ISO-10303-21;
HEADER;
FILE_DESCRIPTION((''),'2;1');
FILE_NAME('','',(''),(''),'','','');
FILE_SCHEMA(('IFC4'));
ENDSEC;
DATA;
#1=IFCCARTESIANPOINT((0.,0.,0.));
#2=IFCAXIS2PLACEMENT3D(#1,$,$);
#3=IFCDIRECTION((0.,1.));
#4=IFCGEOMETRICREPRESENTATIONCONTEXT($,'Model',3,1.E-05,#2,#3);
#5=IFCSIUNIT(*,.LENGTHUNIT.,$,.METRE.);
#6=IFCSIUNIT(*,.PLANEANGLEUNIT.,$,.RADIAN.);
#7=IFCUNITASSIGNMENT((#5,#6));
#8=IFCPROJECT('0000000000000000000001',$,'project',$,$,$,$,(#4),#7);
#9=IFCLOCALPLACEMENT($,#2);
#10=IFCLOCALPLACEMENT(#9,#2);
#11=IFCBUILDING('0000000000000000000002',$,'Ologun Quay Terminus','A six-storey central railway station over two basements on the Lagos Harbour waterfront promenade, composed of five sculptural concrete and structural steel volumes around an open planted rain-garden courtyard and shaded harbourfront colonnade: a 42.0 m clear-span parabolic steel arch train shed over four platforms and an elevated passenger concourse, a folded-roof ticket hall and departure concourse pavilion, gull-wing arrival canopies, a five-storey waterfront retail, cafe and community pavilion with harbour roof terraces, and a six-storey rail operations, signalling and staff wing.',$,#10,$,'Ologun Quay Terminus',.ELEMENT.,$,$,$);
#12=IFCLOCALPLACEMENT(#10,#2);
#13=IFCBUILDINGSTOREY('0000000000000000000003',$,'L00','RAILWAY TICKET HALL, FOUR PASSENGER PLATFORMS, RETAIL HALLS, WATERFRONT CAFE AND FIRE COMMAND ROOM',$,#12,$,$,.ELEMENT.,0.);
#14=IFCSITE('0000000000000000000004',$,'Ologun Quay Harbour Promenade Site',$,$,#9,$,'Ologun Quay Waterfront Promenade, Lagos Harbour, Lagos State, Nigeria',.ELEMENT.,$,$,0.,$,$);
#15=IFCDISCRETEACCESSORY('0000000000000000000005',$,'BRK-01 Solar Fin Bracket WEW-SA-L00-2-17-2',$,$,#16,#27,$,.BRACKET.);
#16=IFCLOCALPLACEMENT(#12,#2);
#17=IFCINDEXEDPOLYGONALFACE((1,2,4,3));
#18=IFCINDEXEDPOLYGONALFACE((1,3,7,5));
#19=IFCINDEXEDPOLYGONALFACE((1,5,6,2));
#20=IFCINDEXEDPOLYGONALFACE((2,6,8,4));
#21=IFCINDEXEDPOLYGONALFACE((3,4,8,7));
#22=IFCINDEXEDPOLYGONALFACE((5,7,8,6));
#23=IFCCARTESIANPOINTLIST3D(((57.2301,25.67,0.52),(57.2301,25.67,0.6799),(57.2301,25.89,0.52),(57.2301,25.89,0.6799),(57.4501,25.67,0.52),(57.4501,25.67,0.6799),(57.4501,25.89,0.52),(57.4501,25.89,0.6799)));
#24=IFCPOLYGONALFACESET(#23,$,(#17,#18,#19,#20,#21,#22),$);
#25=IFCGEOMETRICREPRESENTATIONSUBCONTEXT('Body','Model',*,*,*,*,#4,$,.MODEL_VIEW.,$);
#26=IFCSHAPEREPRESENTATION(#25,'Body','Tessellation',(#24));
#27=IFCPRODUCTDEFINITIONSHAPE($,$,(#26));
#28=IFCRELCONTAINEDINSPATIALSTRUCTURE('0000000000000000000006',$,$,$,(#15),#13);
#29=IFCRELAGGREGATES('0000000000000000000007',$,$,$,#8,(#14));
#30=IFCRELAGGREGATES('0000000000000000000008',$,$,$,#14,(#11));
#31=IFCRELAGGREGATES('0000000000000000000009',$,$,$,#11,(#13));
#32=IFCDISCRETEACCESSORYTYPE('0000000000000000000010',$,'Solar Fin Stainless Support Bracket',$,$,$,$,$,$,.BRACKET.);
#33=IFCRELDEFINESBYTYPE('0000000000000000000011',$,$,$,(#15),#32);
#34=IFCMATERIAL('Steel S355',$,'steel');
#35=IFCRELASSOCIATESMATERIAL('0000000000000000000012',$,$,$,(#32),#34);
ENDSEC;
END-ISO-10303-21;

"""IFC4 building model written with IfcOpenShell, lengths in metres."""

from ifc_helpers import new_model, si_unit, direction, frame, origin, origin_2d, place, context, subcontext, project, spatial, rectangle, extrude, material, type_object, element, save


model = new_model("IFC4")

# Units and contexts
model_context = context("Model", 3, precision=1e-05, world=origin(), true_north=direction((0.0, 1.0)))
body_context = subcontext(model_context, "Body", "Model", "MODEL_VIEW")
ifc_project = project(units=[si_unit("LENGTHUNIT", "METRE"), si_unit("PLANEANGLEUNIT", "RADIAN")], contexts=[model_context])

# Site, building, storey
site_placement = place(None, origin())
site = spatial("IfcSite", under=ifc_project, at=site_placement, Name="Ologun Quay Harbour Promenade Site", LongName="Ologun Quay Waterfront Promenade, Lagos Harbour, Lagos State, Nigeria", CompositionType="ELEMENT", RefElevation=0.0)
building_placement = place(site_placement, origin())
building = spatial("IfcBuilding", under=site, at=building_placement, Name="Ologun Quay Terminus", Description="A six-storey central railway station over two basements on the Lagos Harbour waterfront promenade, composed of five sculptural concrete and structural steel volumes around an open planted rain-garden courtyard and shaded harbourfront colonnade: a 42.0 m clear-span parabolic steel arch train shed over four platforms and an elevated passenger concourse, a folded-roof ticket hall and departure concourse pavilion, gull-wing arrival canopies, a five-storey waterfront retail, cafe and community pavilion with harbour roof terraces, and a six-storey rail operations, signalling and staff wing.", LongName="Ologun Quay Terminus", CompositionType="ELEMENT")
storey_placement = place(building_placement, origin())
storey = spatial("IfcBuildingStorey", under=building, at=storey_placement, Name="L00", Description="RAILWAY TICKET HALL, FOUR PASSENGER PLATFORMS, RETAIL HALLS, WATERFRONT CAFE AND FIRE COMMAND ROOM", CompositionType="ELEMENT", Elevation=0.0)

# Discrete accessory
ifc_material_1 = material(Name="Steel S355", Category="steel")
discrete_accessory_type = type_object("IfcDiscreteAccessoryType", Name="Solar Fin Stainless Support Bracket", PredefinedType="BRACKET", material=ifc_material_1)
discrete_accessory_placement = place(storey_placement, frame((57.3401, 25.78, 0.52), z_axis=(0.0, 0.0, 1.0), x_axis=(1.0, 0.0, 0.0)))
element("IfcDiscreteAccessory", 1, at=discrete_accessory_placement, inside=storey, type_object=discrete_accessory_type, Name="BRK-01 Solar Fin Bracket WEW-SA-L00-2-17-2", PredefinedType="BRACKET", context=body_context, shape_type="SweptSolid", body=[
    extrude(rectangle(XDim=0.22, YDim=0.22, at=origin_2d()), origin(), (0.0, 0.0, 1.0), 0.1599),
])

save(model, "model.ifc")
